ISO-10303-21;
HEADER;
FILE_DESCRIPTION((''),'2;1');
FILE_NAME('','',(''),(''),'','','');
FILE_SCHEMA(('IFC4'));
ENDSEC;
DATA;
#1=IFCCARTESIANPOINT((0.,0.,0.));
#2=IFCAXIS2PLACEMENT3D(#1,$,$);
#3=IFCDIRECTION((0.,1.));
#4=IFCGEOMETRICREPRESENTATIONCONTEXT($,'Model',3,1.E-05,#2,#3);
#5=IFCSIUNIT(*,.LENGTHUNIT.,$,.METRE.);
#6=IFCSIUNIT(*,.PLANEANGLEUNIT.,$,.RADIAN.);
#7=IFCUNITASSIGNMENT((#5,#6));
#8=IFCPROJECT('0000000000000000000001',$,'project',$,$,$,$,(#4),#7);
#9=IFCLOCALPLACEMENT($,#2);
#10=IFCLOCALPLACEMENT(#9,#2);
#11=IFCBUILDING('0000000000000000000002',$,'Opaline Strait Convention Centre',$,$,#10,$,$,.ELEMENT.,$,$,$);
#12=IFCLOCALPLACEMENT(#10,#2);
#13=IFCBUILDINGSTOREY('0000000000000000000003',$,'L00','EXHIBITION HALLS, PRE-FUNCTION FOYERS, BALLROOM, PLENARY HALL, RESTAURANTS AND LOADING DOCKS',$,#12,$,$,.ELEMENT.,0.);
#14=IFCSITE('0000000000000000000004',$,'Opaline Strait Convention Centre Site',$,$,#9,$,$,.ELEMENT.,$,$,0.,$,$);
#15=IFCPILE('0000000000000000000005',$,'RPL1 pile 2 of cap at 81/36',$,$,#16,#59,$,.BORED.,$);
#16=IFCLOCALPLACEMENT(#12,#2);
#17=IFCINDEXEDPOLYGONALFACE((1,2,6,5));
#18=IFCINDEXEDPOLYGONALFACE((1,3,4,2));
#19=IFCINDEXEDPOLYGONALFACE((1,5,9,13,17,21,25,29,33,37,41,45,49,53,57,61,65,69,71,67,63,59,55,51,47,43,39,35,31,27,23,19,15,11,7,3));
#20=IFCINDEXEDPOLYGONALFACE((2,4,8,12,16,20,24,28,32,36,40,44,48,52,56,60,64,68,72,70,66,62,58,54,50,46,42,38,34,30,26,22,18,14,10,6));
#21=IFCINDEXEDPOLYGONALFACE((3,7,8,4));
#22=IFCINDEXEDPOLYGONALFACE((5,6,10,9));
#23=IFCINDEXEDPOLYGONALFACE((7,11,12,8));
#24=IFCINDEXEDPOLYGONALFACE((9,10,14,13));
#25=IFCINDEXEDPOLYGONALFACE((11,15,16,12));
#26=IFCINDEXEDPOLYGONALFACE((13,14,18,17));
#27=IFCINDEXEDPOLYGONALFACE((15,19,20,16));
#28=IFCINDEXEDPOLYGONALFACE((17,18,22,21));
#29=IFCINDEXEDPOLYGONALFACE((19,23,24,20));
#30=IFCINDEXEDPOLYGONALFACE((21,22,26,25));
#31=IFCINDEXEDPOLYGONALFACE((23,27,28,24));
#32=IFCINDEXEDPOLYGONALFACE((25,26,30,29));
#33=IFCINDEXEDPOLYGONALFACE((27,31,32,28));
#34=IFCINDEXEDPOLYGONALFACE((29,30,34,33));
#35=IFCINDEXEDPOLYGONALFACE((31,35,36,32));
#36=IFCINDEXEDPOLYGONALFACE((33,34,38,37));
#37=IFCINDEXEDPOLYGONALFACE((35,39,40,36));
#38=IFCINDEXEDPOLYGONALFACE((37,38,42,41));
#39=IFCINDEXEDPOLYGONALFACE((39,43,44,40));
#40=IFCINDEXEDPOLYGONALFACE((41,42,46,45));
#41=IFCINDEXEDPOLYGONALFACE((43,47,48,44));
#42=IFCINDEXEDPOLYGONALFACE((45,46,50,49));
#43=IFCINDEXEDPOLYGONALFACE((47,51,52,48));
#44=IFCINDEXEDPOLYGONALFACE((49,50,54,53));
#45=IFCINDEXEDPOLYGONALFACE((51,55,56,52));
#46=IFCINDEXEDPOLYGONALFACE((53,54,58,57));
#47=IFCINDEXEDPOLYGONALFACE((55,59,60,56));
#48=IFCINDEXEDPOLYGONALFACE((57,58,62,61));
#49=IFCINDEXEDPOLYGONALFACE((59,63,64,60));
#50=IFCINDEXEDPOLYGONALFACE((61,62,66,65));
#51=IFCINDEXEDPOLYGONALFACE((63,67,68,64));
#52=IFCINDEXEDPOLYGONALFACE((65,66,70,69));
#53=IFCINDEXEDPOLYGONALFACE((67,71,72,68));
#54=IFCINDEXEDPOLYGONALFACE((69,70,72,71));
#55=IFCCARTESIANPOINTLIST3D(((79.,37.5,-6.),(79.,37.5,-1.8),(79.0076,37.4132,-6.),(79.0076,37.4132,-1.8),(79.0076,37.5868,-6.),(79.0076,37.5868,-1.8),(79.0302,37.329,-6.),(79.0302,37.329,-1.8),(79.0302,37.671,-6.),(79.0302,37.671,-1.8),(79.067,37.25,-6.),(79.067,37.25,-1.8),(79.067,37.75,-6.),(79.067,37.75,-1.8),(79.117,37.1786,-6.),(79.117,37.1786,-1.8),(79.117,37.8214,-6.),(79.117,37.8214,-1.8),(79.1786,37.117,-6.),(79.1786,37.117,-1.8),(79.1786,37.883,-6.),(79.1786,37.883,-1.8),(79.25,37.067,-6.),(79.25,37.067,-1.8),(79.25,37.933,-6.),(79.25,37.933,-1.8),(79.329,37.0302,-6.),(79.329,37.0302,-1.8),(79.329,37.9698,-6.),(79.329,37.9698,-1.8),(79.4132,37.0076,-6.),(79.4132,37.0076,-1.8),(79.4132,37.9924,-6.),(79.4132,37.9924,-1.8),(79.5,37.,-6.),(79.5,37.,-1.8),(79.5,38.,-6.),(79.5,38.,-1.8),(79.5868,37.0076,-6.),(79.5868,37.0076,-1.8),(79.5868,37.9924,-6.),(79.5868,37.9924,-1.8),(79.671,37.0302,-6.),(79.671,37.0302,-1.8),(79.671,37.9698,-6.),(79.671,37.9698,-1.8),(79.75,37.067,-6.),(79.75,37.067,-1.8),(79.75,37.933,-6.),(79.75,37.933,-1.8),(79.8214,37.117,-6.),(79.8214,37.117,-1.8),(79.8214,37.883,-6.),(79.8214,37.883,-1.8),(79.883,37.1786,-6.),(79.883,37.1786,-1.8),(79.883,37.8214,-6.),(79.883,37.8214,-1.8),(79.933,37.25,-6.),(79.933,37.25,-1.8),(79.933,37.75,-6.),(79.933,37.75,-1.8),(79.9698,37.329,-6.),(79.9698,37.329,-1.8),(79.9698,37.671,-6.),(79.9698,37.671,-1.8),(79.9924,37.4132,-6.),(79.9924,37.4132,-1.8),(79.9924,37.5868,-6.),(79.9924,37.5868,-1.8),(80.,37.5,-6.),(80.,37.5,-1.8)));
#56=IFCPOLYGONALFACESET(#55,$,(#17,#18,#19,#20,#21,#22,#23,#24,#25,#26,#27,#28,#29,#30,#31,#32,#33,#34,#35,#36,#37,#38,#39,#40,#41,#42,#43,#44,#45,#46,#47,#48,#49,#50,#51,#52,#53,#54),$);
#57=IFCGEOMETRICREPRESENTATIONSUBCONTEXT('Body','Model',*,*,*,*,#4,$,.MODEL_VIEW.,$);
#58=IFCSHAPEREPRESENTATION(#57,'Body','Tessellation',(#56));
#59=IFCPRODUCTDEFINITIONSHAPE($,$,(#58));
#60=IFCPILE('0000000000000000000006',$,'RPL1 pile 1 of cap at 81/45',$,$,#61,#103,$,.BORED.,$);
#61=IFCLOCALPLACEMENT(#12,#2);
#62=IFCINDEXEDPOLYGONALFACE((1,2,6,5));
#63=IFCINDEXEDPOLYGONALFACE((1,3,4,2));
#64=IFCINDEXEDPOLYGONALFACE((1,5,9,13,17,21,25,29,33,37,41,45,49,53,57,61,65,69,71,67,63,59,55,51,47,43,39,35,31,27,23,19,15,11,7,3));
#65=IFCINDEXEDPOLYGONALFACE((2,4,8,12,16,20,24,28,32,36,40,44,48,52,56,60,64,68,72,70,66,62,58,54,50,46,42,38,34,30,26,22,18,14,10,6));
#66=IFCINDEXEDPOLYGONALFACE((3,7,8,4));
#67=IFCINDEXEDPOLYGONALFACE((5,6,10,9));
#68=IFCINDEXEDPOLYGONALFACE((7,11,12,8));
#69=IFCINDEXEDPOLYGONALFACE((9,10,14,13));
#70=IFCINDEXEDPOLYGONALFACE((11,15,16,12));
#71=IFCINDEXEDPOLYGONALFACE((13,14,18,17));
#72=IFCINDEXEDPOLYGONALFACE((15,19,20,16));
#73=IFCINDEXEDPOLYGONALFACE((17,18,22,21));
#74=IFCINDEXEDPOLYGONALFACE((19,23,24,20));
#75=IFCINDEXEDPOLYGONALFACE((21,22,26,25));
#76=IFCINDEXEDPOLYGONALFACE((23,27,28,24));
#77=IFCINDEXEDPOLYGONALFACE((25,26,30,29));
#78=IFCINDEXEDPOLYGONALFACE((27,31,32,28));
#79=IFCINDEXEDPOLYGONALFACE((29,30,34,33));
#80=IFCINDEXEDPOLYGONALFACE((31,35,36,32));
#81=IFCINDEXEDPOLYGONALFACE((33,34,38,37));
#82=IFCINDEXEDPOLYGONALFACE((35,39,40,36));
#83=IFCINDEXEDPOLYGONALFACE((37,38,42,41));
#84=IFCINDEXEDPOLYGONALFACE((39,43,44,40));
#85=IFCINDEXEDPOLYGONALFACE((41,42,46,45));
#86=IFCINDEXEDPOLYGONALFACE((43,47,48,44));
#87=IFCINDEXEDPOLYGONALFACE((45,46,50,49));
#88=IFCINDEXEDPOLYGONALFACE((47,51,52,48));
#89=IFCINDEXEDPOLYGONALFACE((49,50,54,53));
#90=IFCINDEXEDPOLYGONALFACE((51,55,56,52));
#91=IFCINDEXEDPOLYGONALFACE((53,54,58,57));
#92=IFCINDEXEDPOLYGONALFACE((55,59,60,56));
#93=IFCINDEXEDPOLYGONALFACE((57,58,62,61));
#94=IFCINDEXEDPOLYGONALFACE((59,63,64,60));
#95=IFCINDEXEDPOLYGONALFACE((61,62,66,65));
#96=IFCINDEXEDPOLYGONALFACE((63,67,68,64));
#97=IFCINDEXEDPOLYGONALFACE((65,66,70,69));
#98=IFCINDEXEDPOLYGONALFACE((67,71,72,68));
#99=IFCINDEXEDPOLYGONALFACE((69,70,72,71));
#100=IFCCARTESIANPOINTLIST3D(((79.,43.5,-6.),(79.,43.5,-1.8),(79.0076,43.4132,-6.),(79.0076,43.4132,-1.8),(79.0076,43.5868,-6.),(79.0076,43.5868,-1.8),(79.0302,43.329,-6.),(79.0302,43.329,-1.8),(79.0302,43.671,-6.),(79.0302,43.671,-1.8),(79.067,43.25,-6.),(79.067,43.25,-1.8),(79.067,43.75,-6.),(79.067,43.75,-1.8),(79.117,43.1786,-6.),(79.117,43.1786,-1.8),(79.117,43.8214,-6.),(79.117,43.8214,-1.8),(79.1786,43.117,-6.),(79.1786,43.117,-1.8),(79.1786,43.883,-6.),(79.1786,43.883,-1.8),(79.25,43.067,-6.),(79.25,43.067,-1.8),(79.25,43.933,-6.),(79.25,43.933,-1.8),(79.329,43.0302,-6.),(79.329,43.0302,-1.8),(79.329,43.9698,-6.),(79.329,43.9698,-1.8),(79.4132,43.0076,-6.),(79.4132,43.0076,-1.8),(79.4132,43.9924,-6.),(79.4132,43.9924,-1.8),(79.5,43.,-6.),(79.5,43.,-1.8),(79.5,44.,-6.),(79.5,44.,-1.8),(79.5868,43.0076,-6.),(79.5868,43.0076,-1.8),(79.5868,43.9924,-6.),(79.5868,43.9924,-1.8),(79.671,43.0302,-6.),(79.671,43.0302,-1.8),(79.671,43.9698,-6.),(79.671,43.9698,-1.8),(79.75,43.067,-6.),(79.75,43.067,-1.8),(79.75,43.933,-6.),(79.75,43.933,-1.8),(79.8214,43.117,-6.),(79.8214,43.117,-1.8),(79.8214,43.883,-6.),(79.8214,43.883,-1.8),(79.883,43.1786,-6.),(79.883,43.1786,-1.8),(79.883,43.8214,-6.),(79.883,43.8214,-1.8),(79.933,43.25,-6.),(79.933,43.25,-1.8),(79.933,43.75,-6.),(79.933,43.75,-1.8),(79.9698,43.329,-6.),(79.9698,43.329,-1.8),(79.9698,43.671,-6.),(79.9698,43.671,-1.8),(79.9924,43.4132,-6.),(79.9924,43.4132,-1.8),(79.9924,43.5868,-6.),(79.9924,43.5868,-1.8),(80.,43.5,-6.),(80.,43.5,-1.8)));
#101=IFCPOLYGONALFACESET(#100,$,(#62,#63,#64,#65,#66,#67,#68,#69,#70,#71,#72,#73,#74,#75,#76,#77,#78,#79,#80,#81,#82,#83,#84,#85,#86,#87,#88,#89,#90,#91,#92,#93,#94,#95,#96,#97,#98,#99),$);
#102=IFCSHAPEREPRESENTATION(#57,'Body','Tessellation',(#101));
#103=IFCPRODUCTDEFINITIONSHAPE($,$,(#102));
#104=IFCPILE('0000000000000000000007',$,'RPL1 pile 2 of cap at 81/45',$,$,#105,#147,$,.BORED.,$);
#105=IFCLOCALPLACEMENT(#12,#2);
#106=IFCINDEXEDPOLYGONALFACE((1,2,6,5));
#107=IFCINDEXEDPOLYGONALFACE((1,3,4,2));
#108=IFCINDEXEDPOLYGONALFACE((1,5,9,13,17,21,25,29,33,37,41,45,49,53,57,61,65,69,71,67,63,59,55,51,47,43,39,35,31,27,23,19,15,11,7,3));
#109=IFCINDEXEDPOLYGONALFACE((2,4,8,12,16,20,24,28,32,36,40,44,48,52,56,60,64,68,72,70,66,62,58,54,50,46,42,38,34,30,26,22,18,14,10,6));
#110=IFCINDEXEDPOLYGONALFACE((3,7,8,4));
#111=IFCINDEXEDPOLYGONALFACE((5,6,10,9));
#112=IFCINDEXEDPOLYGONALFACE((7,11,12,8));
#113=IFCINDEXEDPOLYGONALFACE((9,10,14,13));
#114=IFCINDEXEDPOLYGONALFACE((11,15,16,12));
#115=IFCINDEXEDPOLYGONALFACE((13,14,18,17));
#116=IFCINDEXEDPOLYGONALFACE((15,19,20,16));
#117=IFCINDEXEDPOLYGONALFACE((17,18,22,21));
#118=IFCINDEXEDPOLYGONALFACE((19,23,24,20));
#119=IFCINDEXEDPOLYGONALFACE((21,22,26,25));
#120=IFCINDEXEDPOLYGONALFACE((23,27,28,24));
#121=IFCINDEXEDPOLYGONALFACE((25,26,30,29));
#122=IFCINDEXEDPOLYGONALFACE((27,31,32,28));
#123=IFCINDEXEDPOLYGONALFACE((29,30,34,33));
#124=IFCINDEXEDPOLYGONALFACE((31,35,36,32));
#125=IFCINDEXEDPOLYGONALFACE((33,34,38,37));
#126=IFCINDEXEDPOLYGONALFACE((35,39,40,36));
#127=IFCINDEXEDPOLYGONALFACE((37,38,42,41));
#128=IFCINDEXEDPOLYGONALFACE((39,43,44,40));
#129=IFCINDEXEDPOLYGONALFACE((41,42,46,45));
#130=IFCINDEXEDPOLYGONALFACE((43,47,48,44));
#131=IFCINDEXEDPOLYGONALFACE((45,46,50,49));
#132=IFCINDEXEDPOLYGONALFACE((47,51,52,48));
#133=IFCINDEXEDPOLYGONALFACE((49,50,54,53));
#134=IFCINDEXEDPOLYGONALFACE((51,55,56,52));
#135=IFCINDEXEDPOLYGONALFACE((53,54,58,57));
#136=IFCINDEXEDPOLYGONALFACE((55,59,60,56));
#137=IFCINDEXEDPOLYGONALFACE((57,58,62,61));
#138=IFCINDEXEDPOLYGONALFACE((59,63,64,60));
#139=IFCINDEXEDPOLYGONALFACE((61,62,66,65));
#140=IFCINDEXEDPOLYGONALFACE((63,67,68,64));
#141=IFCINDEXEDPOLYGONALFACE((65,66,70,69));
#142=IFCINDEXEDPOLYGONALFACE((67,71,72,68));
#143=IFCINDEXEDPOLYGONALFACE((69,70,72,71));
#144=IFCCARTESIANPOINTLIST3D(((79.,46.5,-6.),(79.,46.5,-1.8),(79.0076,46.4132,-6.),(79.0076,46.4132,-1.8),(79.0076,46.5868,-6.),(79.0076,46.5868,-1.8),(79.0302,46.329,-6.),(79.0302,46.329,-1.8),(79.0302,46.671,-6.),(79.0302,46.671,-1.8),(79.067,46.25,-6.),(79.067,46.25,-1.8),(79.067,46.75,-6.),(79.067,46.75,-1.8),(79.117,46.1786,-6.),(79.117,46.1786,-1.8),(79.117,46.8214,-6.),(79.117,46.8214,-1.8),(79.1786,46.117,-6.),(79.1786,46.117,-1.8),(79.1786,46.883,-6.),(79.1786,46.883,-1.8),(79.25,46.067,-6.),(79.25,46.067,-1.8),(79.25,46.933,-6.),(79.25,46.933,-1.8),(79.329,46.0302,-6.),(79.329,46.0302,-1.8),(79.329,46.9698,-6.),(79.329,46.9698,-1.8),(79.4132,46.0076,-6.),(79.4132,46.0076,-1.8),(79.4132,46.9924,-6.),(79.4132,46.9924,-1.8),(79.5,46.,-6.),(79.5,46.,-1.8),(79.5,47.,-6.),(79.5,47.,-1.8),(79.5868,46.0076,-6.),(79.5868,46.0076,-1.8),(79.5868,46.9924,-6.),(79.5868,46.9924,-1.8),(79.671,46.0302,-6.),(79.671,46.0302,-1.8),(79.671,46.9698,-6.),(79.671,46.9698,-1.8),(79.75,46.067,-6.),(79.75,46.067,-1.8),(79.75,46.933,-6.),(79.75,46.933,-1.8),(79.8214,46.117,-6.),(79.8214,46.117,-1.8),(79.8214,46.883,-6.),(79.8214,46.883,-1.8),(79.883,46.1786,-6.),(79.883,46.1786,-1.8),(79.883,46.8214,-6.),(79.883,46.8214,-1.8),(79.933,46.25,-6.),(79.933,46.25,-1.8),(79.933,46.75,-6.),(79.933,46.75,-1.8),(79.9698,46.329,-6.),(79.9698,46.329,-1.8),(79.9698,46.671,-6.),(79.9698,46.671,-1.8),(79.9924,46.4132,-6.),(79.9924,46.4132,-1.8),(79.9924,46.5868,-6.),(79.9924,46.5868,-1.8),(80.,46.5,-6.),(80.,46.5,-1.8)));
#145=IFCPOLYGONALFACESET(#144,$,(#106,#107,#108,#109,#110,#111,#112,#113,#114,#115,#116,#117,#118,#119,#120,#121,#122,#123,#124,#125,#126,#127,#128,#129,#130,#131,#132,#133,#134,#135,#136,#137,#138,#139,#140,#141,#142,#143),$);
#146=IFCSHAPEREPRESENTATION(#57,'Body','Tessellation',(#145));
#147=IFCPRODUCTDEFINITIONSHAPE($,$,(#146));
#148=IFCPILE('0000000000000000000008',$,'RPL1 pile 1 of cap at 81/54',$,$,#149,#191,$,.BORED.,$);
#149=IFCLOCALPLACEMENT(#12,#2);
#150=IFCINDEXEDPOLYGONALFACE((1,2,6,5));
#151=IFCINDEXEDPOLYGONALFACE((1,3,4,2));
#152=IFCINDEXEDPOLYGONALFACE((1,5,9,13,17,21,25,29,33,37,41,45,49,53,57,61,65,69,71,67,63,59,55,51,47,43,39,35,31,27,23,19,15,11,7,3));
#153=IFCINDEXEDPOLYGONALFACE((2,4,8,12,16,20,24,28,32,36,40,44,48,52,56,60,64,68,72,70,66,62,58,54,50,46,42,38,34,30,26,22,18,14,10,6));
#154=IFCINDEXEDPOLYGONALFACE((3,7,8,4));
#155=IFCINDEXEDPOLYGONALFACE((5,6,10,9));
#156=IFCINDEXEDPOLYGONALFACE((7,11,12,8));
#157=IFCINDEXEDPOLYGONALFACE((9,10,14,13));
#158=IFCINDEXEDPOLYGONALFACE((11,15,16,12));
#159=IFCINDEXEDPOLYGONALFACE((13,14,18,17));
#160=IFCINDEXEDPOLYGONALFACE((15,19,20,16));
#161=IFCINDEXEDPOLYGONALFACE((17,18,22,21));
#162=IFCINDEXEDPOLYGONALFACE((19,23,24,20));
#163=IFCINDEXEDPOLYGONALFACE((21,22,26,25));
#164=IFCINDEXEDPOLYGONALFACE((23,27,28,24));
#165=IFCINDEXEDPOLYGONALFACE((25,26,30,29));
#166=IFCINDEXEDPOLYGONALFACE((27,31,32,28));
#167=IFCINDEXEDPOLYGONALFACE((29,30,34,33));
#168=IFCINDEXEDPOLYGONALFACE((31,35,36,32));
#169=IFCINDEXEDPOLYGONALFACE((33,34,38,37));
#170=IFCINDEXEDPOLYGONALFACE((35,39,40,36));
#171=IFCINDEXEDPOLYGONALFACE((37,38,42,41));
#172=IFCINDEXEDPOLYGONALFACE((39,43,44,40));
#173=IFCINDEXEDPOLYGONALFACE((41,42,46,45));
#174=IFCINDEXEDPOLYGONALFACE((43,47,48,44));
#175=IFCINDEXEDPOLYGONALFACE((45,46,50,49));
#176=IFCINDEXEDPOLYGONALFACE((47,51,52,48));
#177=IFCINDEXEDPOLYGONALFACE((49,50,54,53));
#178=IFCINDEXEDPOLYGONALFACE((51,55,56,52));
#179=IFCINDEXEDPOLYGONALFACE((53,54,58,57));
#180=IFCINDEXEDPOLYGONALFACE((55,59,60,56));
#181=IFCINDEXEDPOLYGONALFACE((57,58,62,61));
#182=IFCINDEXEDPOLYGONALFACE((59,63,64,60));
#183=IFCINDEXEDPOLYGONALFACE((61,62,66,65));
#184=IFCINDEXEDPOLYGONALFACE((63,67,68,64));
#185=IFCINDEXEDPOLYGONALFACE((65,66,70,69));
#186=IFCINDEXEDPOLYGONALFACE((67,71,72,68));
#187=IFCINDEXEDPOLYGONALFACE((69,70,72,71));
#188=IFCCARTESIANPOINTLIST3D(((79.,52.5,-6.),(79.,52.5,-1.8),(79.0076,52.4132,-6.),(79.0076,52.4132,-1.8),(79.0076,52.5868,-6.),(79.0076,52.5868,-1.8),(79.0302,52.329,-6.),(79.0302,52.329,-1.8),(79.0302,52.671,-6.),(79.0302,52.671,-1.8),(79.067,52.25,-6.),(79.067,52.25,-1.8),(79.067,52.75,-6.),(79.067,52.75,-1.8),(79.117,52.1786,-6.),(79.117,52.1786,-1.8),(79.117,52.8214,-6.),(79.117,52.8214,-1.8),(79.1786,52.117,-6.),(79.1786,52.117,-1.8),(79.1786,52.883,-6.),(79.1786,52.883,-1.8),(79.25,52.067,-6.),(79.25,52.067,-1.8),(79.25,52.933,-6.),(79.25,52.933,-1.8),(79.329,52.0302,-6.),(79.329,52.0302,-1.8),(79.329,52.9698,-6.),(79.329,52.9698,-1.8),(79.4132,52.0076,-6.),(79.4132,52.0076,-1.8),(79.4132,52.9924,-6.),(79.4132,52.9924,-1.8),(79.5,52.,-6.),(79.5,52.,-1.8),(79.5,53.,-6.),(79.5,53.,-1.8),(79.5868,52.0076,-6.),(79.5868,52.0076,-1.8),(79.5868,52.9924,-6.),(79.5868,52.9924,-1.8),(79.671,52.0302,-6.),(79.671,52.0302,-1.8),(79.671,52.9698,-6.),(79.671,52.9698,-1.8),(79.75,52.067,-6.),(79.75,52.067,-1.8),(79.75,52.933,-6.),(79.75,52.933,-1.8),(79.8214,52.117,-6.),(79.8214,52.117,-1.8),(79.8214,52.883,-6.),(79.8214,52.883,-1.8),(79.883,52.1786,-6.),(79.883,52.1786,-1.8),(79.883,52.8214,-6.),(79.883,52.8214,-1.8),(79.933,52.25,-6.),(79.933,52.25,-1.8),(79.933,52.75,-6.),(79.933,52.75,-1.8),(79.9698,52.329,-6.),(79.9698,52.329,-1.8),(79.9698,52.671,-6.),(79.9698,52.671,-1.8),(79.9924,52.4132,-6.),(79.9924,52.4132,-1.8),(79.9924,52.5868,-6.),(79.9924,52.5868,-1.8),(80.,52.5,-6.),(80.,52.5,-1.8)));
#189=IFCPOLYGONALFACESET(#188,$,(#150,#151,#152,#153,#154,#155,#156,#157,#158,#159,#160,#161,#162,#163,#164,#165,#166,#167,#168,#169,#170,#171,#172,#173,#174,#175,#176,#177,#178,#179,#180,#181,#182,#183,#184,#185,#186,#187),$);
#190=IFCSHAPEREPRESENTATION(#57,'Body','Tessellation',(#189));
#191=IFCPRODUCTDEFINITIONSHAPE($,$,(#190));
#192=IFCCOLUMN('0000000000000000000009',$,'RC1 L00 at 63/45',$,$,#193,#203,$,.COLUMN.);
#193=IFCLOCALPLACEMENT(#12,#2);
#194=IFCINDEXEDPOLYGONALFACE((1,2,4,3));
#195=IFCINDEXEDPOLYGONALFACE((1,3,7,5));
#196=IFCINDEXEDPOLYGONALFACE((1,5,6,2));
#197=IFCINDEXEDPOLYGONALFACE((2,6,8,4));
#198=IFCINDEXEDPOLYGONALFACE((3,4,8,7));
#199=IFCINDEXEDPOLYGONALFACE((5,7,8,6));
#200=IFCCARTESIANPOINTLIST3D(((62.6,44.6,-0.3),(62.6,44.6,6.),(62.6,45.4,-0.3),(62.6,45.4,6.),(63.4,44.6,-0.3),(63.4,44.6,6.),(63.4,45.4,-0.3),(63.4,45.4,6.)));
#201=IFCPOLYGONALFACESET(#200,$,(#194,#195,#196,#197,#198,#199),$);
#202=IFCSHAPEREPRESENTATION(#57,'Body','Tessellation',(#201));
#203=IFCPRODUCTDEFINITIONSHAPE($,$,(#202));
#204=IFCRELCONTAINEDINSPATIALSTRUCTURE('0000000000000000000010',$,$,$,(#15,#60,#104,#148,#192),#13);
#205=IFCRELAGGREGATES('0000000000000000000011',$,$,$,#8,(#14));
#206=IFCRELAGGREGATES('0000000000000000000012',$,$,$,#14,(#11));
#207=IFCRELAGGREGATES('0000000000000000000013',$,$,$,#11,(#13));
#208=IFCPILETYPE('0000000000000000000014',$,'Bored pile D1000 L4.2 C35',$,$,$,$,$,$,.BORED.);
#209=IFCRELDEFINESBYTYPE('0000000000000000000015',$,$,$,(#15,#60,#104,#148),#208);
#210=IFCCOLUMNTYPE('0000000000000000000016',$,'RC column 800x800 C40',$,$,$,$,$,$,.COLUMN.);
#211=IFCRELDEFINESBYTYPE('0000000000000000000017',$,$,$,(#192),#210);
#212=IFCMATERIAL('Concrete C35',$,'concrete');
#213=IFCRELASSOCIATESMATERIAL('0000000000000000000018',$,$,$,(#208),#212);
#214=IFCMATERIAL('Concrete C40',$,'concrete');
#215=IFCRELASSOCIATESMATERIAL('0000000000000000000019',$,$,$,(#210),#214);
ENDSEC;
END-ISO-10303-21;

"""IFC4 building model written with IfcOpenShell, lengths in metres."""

from ifc_helpers import new_model, si_unit, direction, frame, origin, origin_2d, place, context, subcontext, project, spatial, rectangle, circle, extrude, material, material_profile, profile_set, type_object, element, save


model = new_model("IFC4")

# Units and contexts
model_context = context("Model", 3, precision=1e-05, world=origin(), true_north=direction((0.0, 1.0)))
body_context = subcontext(model_context, "Body", "Model", "MODEL_VIEW")
ifc_project = project(units=[si_unit("LENGTHUNIT", "METRE"), si_unit("PLANEANGLEUNIT", "RADIAN")], contexts=[model_context])

# Site, building, storey
site_placement = place(None, origin())
site = spatial("IfcSite", under=ifc_project, at=site_placement, Name="Opaline Strait Convention Centre Site", CompositionType="ELEMENT", RefElevation=0.0)
building_placement = place(site_placement, origin())
building = spatial("IfcBuilding", under=site, at=building_placement, Name="Opaline Strait Convention Centre", CompositionType="ELEMENT")
storey_placement = place(building_placement, origin())
storey = spatial("IfcBuildingStorey", under=building, at=storey_placement, Name="L00", Description="EXHIBITION HALLS, PRE-FUNCTION FOYERS, BALLROOM, PLENARY HALL, RESTAURANTS AND LOADING DOCKS", CompositionType="ELEMENT", Elevation=0.0)

# Piles
ifc_material_1 = material(Name="Concrete C35", Category="concrete")
ifc_material_profile_1 = material_profile(ifc_material_1, circle(Radius=0.5, at=origin_2d()), Name="D1000")
ifc_profile_set_1 = profile_set([ifc_material_profile_1], Name="Concrete C35")
pile_type = type_object("IfcPileType", Name="Bored pile D1000 L4.2 C35", PredefinedType="BORED", material=ifc_profile_set_1)
for number, where, z_axis, x_axis, name in (
    (1, (79.5, 37.5, -1.8), (0.0, 0.0, -1.0), (1.0, 0.0, 0.0), "RPL1 pile 2 of cap at 81/36"),
    (2, (79.5, 43.5, -1.8), (0.0, 0.0, -1.0), (1.0, 0.0, 0.0), "RPL1 pile 1 of cap at 81/45"),
    (3, (79.5, 46.5, -1.8), (0.0, 0.0, -1.0), (1.0, 0.0, 0.0), "RPL1 pile 2 of cap at 81/45"),
    (4, (79.5, 52.5, -1.8), (0.0, 0.0, -1.0), (1.0, 0.0, 0.0), "RPL1 pile 1 of cap at 81/54"),
):
    element("IfcPile", number, at=place(storey_placement, frame(where, z_axis=z_axis, x_axis=x_axis)), inside=storey, type_object=pile_type, Name=name, PredefinedType="BORED", context=body_context, shape_type="SweptSolid", body=[
        extrude(circle(Radius=0.5, at=origin_2d()), origin(), (0.0, 0.0, 1.0), 4.2),
    ])

# Column
ifc_material_2 = material(Name="Concrete C40", Category="concrete")
ifc_material_profile_2 = material_profile(ifc_material_2, rectangle(XDim=0.8, YDim=0.8, at=origin_2d()), Name="RC 800x800")
ifc_profile_set_2 = profile_set([ifc_material_profile_2], Name="Concrete C40")
column_type = type_object("IfcColumnType", Name="RC column 800x800 C40", PredefinedType="COLUMN", material=ifc_profile_set_2)
for number, where, z_axis, x_axis, name in (
    (5, (63.0, 45.0, -0.3), (0.0, 0.0, 1.0), (1.0, 0.0, 0.0), "RC1 L00 at 63/45"),
):
    element("IfcColumn", number, at=place(storey_placement, frame(where, z_axis=z_axis, x_axis=x_axis)), inside=storey, type_object=column_type, Name=name, PredefinedType="COLUMN", context=body_context, shape_type="SweptSolid", body=[
        extrude(rectangle(XDim=0.8, YDim=0.8, at=origin_2d()), origin(), (0.0, 0.0, 1.0), 6.3),
    ])

save(model, "model.ifc")
